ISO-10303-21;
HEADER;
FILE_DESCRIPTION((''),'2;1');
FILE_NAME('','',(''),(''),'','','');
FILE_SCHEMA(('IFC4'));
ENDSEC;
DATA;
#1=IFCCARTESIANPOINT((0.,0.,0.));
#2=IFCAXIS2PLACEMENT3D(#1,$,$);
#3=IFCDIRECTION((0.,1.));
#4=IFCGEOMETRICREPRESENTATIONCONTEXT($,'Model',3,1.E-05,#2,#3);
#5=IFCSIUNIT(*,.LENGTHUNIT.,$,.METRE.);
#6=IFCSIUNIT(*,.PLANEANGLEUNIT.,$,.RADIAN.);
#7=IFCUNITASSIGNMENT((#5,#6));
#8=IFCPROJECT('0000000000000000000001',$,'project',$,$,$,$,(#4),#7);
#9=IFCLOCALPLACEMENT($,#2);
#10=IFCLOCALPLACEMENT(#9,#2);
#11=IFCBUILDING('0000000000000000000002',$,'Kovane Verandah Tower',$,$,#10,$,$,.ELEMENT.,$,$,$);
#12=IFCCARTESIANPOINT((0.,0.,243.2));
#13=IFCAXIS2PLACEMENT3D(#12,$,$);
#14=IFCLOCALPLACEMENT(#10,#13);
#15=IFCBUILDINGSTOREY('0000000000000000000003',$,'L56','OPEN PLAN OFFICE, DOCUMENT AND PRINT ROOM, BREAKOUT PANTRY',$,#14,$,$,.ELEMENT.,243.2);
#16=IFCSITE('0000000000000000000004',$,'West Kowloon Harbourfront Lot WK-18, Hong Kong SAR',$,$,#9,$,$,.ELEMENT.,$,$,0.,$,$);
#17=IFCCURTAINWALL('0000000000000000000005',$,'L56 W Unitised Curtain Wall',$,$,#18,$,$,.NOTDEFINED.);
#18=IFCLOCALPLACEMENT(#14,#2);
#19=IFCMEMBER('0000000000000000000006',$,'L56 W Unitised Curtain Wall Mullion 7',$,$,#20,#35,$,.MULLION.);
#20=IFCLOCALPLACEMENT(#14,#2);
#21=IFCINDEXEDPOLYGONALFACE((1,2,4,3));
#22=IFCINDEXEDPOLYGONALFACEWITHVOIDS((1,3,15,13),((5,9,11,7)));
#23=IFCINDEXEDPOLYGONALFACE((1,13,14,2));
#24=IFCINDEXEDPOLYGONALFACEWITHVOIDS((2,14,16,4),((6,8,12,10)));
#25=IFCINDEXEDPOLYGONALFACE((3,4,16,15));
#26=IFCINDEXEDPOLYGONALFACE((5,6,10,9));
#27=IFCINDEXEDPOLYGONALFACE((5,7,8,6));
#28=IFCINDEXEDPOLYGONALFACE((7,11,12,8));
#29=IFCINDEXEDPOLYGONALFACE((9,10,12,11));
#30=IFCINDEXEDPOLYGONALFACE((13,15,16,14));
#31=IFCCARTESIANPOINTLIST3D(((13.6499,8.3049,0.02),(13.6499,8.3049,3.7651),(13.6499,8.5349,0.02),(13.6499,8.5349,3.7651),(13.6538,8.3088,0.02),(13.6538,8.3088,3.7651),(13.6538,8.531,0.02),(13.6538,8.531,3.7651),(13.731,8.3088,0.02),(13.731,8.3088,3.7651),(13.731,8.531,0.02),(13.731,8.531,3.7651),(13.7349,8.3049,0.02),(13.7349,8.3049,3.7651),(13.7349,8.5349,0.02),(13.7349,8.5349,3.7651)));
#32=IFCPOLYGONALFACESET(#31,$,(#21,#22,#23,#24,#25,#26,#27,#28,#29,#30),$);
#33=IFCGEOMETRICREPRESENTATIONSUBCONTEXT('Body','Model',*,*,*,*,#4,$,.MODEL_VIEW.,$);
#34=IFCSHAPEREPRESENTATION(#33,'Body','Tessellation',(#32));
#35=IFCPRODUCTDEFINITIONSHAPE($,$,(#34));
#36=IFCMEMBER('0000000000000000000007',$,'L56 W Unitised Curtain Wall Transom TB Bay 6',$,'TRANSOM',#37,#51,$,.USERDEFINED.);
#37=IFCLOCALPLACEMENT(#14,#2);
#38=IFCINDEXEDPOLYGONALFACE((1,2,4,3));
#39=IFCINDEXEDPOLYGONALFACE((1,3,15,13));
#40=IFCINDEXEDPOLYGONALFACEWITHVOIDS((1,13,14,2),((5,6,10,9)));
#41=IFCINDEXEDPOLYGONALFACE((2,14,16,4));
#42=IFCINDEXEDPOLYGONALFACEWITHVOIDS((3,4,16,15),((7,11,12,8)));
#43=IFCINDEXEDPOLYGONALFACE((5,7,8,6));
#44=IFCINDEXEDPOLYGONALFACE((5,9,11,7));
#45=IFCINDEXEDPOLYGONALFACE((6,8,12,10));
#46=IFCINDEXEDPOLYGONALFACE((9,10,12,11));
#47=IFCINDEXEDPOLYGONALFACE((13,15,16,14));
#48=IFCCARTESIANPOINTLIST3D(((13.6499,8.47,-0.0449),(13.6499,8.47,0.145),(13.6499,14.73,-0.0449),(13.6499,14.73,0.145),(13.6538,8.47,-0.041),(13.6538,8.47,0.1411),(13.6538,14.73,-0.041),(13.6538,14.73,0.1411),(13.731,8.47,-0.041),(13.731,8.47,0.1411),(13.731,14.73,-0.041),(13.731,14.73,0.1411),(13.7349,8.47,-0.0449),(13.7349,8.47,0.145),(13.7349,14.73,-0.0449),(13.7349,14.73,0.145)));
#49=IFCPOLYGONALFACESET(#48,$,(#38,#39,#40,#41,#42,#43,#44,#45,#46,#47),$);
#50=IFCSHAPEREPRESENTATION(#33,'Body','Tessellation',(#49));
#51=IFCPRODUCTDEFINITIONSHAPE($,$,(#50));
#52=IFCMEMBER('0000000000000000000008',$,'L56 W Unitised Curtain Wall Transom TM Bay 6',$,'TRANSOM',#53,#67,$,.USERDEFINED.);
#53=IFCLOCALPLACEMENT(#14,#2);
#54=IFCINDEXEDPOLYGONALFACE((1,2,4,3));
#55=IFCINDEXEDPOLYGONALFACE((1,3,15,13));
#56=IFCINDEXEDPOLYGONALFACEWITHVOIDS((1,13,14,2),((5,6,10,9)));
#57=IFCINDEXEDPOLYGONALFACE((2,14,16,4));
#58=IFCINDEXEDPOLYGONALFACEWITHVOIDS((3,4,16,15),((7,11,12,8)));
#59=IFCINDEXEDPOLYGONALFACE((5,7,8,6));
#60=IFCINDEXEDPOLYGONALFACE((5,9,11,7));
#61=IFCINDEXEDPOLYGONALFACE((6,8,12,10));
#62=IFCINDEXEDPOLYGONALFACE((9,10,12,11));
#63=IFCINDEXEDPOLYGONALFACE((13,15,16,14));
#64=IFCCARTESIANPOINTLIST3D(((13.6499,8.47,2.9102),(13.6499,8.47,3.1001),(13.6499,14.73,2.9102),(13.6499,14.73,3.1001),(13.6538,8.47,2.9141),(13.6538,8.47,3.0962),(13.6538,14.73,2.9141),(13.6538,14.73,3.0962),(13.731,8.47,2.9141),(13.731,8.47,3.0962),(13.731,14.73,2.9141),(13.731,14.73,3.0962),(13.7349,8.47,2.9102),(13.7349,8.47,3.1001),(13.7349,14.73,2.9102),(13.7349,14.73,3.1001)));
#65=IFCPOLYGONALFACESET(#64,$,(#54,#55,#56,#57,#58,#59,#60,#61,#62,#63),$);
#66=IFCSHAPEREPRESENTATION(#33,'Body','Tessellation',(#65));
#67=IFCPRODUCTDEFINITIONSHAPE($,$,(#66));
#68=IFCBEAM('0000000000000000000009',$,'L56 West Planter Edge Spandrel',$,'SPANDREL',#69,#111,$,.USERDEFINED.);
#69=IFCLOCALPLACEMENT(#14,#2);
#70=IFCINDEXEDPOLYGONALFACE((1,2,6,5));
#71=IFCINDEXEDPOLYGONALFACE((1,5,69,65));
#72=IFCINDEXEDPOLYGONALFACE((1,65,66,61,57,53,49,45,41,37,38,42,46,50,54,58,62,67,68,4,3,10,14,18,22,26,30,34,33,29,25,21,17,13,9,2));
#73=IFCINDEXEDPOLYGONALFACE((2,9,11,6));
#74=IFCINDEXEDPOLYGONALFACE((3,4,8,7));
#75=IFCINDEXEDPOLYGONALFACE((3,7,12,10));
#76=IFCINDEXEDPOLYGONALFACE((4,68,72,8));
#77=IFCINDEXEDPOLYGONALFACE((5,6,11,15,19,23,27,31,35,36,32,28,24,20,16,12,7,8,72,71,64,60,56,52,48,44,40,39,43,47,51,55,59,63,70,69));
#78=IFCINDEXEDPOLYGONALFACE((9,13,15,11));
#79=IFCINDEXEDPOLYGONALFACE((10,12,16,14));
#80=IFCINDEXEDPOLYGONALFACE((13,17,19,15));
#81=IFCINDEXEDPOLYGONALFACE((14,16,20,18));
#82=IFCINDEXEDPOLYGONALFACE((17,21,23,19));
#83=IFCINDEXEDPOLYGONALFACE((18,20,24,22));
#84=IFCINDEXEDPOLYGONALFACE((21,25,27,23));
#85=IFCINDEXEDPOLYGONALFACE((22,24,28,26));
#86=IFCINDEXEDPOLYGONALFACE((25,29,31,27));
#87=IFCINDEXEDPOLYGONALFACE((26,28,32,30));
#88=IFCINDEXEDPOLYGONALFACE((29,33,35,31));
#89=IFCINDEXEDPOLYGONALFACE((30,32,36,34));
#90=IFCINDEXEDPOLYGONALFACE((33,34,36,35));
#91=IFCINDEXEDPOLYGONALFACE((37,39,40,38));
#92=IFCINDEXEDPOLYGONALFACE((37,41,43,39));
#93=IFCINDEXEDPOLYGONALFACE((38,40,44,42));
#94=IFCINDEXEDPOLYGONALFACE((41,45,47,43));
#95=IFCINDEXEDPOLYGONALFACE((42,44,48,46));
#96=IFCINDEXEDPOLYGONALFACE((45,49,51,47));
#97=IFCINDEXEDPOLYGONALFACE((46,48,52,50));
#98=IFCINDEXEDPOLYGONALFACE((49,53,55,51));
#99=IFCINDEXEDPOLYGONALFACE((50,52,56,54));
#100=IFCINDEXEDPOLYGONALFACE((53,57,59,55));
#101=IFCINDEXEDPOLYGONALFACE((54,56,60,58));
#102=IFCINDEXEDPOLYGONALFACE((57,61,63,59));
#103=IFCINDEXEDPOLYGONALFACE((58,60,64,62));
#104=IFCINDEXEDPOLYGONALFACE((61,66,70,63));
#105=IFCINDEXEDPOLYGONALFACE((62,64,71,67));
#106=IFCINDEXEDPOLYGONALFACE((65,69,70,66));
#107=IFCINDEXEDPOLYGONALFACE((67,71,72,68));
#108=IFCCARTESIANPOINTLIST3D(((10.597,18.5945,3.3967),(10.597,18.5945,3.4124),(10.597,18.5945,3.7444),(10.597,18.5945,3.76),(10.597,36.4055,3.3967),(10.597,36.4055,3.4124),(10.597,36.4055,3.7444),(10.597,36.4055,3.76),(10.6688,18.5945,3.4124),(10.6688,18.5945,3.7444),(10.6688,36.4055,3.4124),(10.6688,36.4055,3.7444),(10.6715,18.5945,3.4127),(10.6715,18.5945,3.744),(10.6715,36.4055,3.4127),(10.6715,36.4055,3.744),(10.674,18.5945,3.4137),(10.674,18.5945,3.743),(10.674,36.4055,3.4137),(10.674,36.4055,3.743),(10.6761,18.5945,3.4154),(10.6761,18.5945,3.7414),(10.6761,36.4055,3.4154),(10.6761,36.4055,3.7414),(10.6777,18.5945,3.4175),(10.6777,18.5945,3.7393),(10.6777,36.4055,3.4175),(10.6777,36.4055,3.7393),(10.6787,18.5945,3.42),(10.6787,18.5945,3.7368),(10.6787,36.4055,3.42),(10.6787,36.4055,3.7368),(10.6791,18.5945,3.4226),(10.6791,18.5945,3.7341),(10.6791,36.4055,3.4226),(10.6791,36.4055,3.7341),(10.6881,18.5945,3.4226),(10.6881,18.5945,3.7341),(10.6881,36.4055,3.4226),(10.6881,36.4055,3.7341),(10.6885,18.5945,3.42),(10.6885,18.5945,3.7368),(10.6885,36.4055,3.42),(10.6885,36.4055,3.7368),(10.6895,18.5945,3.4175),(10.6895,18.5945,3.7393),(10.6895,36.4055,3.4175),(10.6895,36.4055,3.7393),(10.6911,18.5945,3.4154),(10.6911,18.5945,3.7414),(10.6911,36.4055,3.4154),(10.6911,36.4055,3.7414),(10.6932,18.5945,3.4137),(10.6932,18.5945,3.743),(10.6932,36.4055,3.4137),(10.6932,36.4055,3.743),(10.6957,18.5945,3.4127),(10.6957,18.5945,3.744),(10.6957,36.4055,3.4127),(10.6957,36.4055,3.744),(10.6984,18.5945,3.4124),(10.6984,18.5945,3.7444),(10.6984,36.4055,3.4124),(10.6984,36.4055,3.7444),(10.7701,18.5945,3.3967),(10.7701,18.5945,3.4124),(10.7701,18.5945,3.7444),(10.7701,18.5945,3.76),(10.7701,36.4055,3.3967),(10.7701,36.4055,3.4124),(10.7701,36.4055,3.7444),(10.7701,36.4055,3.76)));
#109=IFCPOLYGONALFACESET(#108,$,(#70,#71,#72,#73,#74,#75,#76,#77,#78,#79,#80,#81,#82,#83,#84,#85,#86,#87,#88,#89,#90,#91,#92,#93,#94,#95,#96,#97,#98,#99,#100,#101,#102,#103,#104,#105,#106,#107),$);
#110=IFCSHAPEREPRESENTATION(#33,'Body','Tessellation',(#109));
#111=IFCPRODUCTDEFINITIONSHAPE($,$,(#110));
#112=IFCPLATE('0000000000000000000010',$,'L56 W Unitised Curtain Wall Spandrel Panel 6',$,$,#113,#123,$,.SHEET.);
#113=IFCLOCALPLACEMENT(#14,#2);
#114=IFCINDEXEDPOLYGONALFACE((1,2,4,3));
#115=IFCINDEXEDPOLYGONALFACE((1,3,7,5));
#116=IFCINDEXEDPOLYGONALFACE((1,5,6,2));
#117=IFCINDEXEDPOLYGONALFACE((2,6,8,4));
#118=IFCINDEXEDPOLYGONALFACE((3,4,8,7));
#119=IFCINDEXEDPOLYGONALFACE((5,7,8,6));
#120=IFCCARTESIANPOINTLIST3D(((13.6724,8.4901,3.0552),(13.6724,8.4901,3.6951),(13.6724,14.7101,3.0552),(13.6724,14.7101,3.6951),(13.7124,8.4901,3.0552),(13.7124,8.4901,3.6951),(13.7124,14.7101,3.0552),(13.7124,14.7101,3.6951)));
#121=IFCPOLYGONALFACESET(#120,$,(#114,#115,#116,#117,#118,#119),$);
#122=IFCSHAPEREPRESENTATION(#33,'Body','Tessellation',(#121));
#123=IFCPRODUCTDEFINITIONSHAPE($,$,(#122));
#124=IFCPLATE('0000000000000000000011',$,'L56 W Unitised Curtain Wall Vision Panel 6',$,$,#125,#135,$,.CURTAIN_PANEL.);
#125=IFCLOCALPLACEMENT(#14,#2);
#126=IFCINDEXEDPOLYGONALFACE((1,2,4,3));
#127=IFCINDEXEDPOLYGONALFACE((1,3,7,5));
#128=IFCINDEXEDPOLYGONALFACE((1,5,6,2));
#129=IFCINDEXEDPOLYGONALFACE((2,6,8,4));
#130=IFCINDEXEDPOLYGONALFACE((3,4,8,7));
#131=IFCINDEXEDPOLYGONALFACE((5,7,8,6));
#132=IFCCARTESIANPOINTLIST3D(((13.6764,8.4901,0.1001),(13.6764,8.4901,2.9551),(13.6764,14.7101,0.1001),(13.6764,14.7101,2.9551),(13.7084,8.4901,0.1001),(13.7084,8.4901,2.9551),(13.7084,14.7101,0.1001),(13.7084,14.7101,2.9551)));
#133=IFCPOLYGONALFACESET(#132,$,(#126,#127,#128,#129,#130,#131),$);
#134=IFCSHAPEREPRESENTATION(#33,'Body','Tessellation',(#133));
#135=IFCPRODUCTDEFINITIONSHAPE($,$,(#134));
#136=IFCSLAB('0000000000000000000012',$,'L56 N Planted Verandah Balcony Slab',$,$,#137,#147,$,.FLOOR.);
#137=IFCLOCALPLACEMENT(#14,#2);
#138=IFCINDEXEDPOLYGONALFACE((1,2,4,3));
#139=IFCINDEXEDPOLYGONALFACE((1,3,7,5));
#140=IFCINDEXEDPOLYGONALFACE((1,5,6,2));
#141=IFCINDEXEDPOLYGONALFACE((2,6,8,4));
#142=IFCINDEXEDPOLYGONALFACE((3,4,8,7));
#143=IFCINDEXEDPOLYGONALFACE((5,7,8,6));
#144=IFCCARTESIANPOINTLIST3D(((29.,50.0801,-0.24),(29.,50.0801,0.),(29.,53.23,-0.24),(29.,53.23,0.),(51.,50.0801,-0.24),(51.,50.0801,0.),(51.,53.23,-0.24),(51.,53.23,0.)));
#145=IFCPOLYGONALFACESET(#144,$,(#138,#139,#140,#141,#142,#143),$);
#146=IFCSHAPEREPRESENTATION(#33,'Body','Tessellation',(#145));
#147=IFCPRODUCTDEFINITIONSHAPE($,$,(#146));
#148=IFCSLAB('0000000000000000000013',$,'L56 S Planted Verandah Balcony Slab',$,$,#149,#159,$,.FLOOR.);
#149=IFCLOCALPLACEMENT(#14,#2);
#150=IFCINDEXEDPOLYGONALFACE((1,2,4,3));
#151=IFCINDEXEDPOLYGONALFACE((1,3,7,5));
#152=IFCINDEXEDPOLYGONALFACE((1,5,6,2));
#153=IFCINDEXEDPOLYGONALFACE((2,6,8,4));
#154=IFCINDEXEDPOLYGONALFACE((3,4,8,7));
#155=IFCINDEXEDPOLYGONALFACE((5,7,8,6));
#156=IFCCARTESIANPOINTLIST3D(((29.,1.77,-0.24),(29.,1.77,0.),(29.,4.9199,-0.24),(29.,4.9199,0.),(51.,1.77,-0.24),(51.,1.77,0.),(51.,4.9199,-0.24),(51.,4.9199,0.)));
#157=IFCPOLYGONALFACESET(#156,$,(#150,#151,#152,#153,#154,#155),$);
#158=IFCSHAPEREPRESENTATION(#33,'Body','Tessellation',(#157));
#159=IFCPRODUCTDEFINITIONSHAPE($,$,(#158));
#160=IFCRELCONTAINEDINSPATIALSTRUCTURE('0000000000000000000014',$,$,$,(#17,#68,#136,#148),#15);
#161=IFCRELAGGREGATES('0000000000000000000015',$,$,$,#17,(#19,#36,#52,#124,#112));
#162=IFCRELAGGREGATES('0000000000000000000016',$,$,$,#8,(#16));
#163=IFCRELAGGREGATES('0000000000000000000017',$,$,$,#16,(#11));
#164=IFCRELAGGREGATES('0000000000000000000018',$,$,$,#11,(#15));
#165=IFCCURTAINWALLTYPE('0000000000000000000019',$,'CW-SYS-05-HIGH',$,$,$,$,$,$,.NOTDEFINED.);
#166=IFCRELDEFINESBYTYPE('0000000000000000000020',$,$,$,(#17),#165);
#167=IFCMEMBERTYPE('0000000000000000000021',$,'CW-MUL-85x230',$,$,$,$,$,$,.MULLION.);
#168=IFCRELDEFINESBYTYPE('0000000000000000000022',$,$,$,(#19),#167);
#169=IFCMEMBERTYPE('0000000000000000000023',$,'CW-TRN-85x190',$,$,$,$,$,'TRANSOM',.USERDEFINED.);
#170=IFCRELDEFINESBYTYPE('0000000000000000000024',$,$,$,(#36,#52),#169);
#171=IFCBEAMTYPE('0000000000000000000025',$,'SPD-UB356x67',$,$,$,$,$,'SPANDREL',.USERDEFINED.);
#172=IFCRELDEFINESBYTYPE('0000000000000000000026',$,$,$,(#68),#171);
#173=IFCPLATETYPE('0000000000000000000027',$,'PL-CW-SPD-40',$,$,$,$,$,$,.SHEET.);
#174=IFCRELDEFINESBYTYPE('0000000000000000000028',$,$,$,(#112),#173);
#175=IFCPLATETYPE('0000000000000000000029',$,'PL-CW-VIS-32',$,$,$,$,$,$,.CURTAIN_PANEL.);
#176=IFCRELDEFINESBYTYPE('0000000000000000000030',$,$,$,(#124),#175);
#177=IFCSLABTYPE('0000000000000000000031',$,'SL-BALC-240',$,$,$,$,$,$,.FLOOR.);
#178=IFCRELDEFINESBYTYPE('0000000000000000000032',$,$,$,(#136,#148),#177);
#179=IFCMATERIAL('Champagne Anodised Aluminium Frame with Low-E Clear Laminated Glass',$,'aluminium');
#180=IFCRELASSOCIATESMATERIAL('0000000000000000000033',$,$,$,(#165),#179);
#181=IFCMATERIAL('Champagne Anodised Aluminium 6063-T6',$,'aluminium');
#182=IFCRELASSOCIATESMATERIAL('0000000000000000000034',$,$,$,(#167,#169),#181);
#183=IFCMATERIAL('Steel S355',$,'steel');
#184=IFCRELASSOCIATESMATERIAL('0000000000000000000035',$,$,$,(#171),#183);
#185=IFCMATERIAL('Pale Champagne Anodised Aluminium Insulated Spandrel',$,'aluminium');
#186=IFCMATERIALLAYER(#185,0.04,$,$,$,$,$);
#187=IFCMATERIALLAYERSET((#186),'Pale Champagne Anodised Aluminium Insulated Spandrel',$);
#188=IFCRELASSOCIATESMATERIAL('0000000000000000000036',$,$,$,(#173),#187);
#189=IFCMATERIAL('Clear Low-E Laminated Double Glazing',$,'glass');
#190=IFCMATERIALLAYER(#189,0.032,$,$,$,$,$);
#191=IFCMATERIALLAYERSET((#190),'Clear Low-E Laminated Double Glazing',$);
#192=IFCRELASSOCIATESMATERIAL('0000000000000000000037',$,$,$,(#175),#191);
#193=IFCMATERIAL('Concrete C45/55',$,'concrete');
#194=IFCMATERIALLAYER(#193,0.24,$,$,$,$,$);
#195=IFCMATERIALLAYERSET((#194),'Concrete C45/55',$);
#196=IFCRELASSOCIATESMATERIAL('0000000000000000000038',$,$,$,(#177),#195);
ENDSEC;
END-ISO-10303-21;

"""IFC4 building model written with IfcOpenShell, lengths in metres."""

from ifc_helpers import new_model, si_unit, direction, frame, origin, origin_2d, place, context, subcontext, project, spatial, polyline, rectangle, hollow_rectangle, i_section, outline, extrude, material, layer, layer_set, material_profile, profile_set, type_object, element, aggregate, save


model = new_model("IFC4")

# Units and contexts
model_context = context("Model", 3, precision=1e-05, world=origin(), true_north=direction((0.0, 1.0)))
body_context = subcontext(model_context, "Body", "Model", "MODEL_VIEW")
ifc_project = project(units=[si_unit("LENGTHUNIT", "METRE"), si_unit("PLANEANGLEUNIT", "RADIAN")], contexts=[model_context])

# Site, building, storey
site_placement = place(None, origin())
site = spatial("IfcSite", under=ifc_project, at=site_placement, Name="West Kowloon Harbourfront Lot WK-18, Hong Kong SAR", CompositionType="ELEMENT", RefElevation=0.0)
building_placement = place(site_placement, origin())
building = spatial("IfcBuilding", under=site, at=building_placement, Name="Kovane Verandah Tower", CompositionType="ELEMENT")
storey_placement = place(building_placement, frame((0.0, 0.0, 243.2)))
storey = spatial("IfcBuildingStorey", under=building, at=storey_placement, Name="L56", Description="OPEN PLAN OFFICE, DOCUMENT AND PRINT ROOM, BREAKOUT PANTRY", CompositionType="ELEMENT", Elevation=243.2)

# Curtain wall, members
ifc_material_1 = material(Name="Champagne Anodised Aluminium Frame with Low-E Clear Laminated Glass", Category="aluminium")
curtain_wall_type = type_object("IfcCurtainWallType", Name="CW-SYS-05-HIGH", PredefinedType="NOTDEFINED", material=ifc_material_1)
curtain_wall_placement = place(storey_placement, origin())
curtain_wall = element("IfcCurtainWall", 1, at=curtain_wall_placement, inside=storey, type_object=curtain_wall_type, Name="L56 W Unitised Curtain Wall", PredefinedType="NOTDEFINED")
ifc_material_2 = material(Name="Champagne Anodised Aluminium 6063-T6", Category="aluminium")
ifc_material_profile_1 = material_profile(ifc_material_2, hollow_rectangle(XDim=0.085, YDim=0.23, WallThickness=0.0039, at=origin_2d()), Name="AL85x230x4")
ifc_profile_set_1 = profile_set([ifc_material_profile_1], Name="Champagne Anodised Aluminium 6063-T6")
member_type_1 = type_object("IfcMemberType", Name="CW-MUL-85x230", PredefinedType="MULLION", material=ifc_profile_set_1)
member_1_placement = place(storey_placement, frame((13.6924, 8.4199, 0.02), z_axis=(0.0, 0.0, 1.0), x_axis=(-1.0, 0.0, 0.0)))
member_1 = element("IfcMember", 2, at=member_1_placement, type_object=member_type_1, Name="L56 W Unitised Curtain Wall Mullion 7", PredefinedType="MULLION", context=body_context, shape_type="SweptSolid", body=[
    extrude(hollow_rectangle(XDim=0.085, YDim=0.23, WallThickness=0.0039, at=origin_2d()), origin(), (0.0, 0.0, 1.0), 3.7451),
])
ifc_material_profile_2 = material_profile(ifc_material_2, hollow_rectangle(XDim=0.085, YDim=0.1899, WallThickness=0.0039, at=origin_2d()), Name="AL85x190x4")
ifc_profile_set_2 = profile_set([ifc_material_profile_2], Name="Champagne Anodised Aluminium 6063-T6")
member_type_2 = type_object("IfcMemberType", Name="CW-TRN-85x190", ElementType="TRANSOM", PredefinedType="USERDEFINED", material=ifc_profile_set_2)
member_2_placement = place(storey_placement, frame((13.6924, 14.73, 0.05), z_axis=(0.0, -1.0, 0.0), x_axis=(1.0, 0.0, 0.0)))
member_2 = element("IfcMember", 3, at=member_2_placement, type_object=member_type_2, Name="L56 W Unitised Curtain Wall Transom TB Bay 6", ObjectType="TRANSOM", PredefinedType="USERDEFINED", context=body_context, shape_type="SweptSolid", body=[
    extrude(hollow_rectangle(XDim=0.085, YDim=0.1899, WallThickness=0.0039, at=origin_2d()), origin(), (0.0, 0.0, 1.0), 6.26),
])
member_3_placement = place(storey_placement, frame((13.6924, 14.73, 3.0051), z_axis=(0.0, -1.0, 0.0), x_axis=(1.0, 0.0, 0.0)))
member_3 = element("IfcMember", 4, at=member_3_placement, type_object=member_type_2, Name="L56 W Unitised Curtain Wall Transom TM Bay 6", ObjectType="TRANSOM", PredefinedType="USERDEFINED", context=body_context, shape_type="SweptSolid", body=[
    extrude(hollow_rectangle(XDim=0.085, YDim=0.1899, WallThickness=0.0039, at=origin_2d()), origin(), (0.0, 0.0, 1.0), 6.26),
])

# Beam
ifc_material_3 = material(Name="Steel S355", Category="steel")
ifc_material_profile_3 = material_profile(ifc_material_3, i_section(OverallWidth=0.1731, OverallDepth=0.3633, WebThickness=0.009, FlangeThickness=0.0156, FilletRadius=0.0103, at=origin_2d()), Name="UB356x171x67")
ifc_profile_set_3 = profile_set([ifc_material_profile_3], Name="Steel S355")
beam_type = type_object("IfcBeamType", Name="SPD-UB356x67", ElementType="SPANDREL", PredefinedType="USERDEFINED", material=ifc_profile_set_3)
beam_placement = place(storey_placement, frame((10.6836, 18.5945, 3.5784), z_axis=(0.0, 1.0, 0.0), x_axis=(-1.0, 0.0, 0.0)))
element("IfcBeam", 5, at=beam_placement, inside=storey, type_object=beam_type, Name="L56 West Planter Edge Spandrel", ObjectType="SPANDREL", PredefinedType="USERDEFINED", context=body_context, shape_type="SweptSolid", body=[
    extrude(i_section(OverallWidth=0.1731, OverallDepth=0.3633, WebThickness=0.009, FlangeThickness=0.0156, FilletRadius=0.0103, at=origin_2d()), origin(), (0.0, 0.0, 1.0), 17.811),
])

# Plates
ifc_material_4 = material(Name="Pale Champagne Anodised Aluminium Insulated Spandrel", Category="aluminium")
ifc_layer_1 = layer(ifc_material_4, 0.04)
ifc_layer_set_1 = layer_set([ifc_layer_1], Name="Pale Champagne Anodised Aluminium Insulated Spandrel")
plate_type_1 = type_object("IfcPlateType", Name="PL-CW-SPD-40", PredefinedType="SHEET", material=ifc_layer_set_1)
plate_1_placement = place(storey_placement, frame((13.6924, 11.6001, 3.0552), z_axis=(0.0, 0.0, 1.0), x_axis=(0.0, -1.0, 0.0)))
plate_1 = element("IfcPlate", 6, at=plate_1_placement, type_object=plate_type_1, Name="L56 W Unitised Curtain Wall Spandrel Panel 6", PredefinedType="SHEET", context=body_context, shape_type="SweptSolid", body=[
    extrude(rectangle(XDim=6.22, YDim=0.04, at=origin_2d()), origin(), (0.0, 0.0, 1.0), 0.6399),
])
ifc_material_5 = material(Name="Clear Low-E Laminated Double Glazing", Category="glass")
ifc_layer_2 = layer(ifc_material_5, 0.032)
ifc_layer_set_2 = layer_set([ifc_layer_2], Name="Clear Low-E Laminated Double Glazing")
plate_type_2 = type_object("IfcPlateType", Name="PL-CW-VIS-32", PredefinedType="CURTAIN_PANEL", material=ifc_layer_set_2)
plate_2_placement = place(storey_placement, frame((13.6924, 11.6001, 0.1001), z_axis=(0.0, 0.0, 1.0), x_axis=(0.0, -1.0, 0.0)))
plate_2 = element("IfcPlate", 7, at=plate_2_placement, type_object=plate_type_2, Name="L56 W Unitised Curtain Wall Vision Panel 6", PredefinedType="CURTAIN_PANEL", context=body_context, shape_type="SweptSolid", body=[
    extrude(rectangle(XDim=6.22, YDim=0.032, at=origin_2d()), origin(), (0.0, 0.0, 1.0), 2.855),
])
aggregate(curtain_wall, [member_1, member_2, member_3, plate_2, plate_1])

# Slabs
ifc_material_6 = material(Name="Concrete C45/55", Category="concrete")
ifc_layer_3 = layer(ifc_material_6, 0.24)
ifc_layer_set_3 = layer_set([ifc_layer_3], Name="Concrete C45/55")
slab_type_1 = type_object("IfcSlabType", Name="SL-BALC-240", PredefinedType="FLOOR", material=ifc_layer_set_3)
slab_1_placement = place(storey_placement, frame((0.0, 0.0, -0.24)))
element("IfcSlab", 8, at=slab_1_placement, inside=storey, type_object=slab_type_1, Name="L56 N Planted Verandah Balcony Slab", PredefinedType="FLOOR", context=body_context, shape_type="SweptSolid", body=[
    extrude(outline(polyline([(29.0, 50.0801), (51.0, 50.0801), (51.0, 53.23), (29.0, 53.23), (29.0, 50.0801)])), origin(), (0.0, 0.0, 1.0), 0.24),
])
slab_2_placement = place(storey_placement, frame((0.0, 0.0, -0.24)))
element("IfcSlab", 9, at=slab_2_placement, inside=storey, type_object=slab_type_1, Name="L56 S Planted Verandah Balcony Slab", PredefinedType="FLOOR", context=body_context, shape_type="SweptSolid", body=[
    extrude(outline(polyline([(29.0, 1.77), (51.0, 1.77), (51.0, 4.9199), (29.0, 4.9199), (29.0, 1.77)])), origin(), (0.0, 0.0, 1.0), 0.24),
])

save(model, "model.ifc")
